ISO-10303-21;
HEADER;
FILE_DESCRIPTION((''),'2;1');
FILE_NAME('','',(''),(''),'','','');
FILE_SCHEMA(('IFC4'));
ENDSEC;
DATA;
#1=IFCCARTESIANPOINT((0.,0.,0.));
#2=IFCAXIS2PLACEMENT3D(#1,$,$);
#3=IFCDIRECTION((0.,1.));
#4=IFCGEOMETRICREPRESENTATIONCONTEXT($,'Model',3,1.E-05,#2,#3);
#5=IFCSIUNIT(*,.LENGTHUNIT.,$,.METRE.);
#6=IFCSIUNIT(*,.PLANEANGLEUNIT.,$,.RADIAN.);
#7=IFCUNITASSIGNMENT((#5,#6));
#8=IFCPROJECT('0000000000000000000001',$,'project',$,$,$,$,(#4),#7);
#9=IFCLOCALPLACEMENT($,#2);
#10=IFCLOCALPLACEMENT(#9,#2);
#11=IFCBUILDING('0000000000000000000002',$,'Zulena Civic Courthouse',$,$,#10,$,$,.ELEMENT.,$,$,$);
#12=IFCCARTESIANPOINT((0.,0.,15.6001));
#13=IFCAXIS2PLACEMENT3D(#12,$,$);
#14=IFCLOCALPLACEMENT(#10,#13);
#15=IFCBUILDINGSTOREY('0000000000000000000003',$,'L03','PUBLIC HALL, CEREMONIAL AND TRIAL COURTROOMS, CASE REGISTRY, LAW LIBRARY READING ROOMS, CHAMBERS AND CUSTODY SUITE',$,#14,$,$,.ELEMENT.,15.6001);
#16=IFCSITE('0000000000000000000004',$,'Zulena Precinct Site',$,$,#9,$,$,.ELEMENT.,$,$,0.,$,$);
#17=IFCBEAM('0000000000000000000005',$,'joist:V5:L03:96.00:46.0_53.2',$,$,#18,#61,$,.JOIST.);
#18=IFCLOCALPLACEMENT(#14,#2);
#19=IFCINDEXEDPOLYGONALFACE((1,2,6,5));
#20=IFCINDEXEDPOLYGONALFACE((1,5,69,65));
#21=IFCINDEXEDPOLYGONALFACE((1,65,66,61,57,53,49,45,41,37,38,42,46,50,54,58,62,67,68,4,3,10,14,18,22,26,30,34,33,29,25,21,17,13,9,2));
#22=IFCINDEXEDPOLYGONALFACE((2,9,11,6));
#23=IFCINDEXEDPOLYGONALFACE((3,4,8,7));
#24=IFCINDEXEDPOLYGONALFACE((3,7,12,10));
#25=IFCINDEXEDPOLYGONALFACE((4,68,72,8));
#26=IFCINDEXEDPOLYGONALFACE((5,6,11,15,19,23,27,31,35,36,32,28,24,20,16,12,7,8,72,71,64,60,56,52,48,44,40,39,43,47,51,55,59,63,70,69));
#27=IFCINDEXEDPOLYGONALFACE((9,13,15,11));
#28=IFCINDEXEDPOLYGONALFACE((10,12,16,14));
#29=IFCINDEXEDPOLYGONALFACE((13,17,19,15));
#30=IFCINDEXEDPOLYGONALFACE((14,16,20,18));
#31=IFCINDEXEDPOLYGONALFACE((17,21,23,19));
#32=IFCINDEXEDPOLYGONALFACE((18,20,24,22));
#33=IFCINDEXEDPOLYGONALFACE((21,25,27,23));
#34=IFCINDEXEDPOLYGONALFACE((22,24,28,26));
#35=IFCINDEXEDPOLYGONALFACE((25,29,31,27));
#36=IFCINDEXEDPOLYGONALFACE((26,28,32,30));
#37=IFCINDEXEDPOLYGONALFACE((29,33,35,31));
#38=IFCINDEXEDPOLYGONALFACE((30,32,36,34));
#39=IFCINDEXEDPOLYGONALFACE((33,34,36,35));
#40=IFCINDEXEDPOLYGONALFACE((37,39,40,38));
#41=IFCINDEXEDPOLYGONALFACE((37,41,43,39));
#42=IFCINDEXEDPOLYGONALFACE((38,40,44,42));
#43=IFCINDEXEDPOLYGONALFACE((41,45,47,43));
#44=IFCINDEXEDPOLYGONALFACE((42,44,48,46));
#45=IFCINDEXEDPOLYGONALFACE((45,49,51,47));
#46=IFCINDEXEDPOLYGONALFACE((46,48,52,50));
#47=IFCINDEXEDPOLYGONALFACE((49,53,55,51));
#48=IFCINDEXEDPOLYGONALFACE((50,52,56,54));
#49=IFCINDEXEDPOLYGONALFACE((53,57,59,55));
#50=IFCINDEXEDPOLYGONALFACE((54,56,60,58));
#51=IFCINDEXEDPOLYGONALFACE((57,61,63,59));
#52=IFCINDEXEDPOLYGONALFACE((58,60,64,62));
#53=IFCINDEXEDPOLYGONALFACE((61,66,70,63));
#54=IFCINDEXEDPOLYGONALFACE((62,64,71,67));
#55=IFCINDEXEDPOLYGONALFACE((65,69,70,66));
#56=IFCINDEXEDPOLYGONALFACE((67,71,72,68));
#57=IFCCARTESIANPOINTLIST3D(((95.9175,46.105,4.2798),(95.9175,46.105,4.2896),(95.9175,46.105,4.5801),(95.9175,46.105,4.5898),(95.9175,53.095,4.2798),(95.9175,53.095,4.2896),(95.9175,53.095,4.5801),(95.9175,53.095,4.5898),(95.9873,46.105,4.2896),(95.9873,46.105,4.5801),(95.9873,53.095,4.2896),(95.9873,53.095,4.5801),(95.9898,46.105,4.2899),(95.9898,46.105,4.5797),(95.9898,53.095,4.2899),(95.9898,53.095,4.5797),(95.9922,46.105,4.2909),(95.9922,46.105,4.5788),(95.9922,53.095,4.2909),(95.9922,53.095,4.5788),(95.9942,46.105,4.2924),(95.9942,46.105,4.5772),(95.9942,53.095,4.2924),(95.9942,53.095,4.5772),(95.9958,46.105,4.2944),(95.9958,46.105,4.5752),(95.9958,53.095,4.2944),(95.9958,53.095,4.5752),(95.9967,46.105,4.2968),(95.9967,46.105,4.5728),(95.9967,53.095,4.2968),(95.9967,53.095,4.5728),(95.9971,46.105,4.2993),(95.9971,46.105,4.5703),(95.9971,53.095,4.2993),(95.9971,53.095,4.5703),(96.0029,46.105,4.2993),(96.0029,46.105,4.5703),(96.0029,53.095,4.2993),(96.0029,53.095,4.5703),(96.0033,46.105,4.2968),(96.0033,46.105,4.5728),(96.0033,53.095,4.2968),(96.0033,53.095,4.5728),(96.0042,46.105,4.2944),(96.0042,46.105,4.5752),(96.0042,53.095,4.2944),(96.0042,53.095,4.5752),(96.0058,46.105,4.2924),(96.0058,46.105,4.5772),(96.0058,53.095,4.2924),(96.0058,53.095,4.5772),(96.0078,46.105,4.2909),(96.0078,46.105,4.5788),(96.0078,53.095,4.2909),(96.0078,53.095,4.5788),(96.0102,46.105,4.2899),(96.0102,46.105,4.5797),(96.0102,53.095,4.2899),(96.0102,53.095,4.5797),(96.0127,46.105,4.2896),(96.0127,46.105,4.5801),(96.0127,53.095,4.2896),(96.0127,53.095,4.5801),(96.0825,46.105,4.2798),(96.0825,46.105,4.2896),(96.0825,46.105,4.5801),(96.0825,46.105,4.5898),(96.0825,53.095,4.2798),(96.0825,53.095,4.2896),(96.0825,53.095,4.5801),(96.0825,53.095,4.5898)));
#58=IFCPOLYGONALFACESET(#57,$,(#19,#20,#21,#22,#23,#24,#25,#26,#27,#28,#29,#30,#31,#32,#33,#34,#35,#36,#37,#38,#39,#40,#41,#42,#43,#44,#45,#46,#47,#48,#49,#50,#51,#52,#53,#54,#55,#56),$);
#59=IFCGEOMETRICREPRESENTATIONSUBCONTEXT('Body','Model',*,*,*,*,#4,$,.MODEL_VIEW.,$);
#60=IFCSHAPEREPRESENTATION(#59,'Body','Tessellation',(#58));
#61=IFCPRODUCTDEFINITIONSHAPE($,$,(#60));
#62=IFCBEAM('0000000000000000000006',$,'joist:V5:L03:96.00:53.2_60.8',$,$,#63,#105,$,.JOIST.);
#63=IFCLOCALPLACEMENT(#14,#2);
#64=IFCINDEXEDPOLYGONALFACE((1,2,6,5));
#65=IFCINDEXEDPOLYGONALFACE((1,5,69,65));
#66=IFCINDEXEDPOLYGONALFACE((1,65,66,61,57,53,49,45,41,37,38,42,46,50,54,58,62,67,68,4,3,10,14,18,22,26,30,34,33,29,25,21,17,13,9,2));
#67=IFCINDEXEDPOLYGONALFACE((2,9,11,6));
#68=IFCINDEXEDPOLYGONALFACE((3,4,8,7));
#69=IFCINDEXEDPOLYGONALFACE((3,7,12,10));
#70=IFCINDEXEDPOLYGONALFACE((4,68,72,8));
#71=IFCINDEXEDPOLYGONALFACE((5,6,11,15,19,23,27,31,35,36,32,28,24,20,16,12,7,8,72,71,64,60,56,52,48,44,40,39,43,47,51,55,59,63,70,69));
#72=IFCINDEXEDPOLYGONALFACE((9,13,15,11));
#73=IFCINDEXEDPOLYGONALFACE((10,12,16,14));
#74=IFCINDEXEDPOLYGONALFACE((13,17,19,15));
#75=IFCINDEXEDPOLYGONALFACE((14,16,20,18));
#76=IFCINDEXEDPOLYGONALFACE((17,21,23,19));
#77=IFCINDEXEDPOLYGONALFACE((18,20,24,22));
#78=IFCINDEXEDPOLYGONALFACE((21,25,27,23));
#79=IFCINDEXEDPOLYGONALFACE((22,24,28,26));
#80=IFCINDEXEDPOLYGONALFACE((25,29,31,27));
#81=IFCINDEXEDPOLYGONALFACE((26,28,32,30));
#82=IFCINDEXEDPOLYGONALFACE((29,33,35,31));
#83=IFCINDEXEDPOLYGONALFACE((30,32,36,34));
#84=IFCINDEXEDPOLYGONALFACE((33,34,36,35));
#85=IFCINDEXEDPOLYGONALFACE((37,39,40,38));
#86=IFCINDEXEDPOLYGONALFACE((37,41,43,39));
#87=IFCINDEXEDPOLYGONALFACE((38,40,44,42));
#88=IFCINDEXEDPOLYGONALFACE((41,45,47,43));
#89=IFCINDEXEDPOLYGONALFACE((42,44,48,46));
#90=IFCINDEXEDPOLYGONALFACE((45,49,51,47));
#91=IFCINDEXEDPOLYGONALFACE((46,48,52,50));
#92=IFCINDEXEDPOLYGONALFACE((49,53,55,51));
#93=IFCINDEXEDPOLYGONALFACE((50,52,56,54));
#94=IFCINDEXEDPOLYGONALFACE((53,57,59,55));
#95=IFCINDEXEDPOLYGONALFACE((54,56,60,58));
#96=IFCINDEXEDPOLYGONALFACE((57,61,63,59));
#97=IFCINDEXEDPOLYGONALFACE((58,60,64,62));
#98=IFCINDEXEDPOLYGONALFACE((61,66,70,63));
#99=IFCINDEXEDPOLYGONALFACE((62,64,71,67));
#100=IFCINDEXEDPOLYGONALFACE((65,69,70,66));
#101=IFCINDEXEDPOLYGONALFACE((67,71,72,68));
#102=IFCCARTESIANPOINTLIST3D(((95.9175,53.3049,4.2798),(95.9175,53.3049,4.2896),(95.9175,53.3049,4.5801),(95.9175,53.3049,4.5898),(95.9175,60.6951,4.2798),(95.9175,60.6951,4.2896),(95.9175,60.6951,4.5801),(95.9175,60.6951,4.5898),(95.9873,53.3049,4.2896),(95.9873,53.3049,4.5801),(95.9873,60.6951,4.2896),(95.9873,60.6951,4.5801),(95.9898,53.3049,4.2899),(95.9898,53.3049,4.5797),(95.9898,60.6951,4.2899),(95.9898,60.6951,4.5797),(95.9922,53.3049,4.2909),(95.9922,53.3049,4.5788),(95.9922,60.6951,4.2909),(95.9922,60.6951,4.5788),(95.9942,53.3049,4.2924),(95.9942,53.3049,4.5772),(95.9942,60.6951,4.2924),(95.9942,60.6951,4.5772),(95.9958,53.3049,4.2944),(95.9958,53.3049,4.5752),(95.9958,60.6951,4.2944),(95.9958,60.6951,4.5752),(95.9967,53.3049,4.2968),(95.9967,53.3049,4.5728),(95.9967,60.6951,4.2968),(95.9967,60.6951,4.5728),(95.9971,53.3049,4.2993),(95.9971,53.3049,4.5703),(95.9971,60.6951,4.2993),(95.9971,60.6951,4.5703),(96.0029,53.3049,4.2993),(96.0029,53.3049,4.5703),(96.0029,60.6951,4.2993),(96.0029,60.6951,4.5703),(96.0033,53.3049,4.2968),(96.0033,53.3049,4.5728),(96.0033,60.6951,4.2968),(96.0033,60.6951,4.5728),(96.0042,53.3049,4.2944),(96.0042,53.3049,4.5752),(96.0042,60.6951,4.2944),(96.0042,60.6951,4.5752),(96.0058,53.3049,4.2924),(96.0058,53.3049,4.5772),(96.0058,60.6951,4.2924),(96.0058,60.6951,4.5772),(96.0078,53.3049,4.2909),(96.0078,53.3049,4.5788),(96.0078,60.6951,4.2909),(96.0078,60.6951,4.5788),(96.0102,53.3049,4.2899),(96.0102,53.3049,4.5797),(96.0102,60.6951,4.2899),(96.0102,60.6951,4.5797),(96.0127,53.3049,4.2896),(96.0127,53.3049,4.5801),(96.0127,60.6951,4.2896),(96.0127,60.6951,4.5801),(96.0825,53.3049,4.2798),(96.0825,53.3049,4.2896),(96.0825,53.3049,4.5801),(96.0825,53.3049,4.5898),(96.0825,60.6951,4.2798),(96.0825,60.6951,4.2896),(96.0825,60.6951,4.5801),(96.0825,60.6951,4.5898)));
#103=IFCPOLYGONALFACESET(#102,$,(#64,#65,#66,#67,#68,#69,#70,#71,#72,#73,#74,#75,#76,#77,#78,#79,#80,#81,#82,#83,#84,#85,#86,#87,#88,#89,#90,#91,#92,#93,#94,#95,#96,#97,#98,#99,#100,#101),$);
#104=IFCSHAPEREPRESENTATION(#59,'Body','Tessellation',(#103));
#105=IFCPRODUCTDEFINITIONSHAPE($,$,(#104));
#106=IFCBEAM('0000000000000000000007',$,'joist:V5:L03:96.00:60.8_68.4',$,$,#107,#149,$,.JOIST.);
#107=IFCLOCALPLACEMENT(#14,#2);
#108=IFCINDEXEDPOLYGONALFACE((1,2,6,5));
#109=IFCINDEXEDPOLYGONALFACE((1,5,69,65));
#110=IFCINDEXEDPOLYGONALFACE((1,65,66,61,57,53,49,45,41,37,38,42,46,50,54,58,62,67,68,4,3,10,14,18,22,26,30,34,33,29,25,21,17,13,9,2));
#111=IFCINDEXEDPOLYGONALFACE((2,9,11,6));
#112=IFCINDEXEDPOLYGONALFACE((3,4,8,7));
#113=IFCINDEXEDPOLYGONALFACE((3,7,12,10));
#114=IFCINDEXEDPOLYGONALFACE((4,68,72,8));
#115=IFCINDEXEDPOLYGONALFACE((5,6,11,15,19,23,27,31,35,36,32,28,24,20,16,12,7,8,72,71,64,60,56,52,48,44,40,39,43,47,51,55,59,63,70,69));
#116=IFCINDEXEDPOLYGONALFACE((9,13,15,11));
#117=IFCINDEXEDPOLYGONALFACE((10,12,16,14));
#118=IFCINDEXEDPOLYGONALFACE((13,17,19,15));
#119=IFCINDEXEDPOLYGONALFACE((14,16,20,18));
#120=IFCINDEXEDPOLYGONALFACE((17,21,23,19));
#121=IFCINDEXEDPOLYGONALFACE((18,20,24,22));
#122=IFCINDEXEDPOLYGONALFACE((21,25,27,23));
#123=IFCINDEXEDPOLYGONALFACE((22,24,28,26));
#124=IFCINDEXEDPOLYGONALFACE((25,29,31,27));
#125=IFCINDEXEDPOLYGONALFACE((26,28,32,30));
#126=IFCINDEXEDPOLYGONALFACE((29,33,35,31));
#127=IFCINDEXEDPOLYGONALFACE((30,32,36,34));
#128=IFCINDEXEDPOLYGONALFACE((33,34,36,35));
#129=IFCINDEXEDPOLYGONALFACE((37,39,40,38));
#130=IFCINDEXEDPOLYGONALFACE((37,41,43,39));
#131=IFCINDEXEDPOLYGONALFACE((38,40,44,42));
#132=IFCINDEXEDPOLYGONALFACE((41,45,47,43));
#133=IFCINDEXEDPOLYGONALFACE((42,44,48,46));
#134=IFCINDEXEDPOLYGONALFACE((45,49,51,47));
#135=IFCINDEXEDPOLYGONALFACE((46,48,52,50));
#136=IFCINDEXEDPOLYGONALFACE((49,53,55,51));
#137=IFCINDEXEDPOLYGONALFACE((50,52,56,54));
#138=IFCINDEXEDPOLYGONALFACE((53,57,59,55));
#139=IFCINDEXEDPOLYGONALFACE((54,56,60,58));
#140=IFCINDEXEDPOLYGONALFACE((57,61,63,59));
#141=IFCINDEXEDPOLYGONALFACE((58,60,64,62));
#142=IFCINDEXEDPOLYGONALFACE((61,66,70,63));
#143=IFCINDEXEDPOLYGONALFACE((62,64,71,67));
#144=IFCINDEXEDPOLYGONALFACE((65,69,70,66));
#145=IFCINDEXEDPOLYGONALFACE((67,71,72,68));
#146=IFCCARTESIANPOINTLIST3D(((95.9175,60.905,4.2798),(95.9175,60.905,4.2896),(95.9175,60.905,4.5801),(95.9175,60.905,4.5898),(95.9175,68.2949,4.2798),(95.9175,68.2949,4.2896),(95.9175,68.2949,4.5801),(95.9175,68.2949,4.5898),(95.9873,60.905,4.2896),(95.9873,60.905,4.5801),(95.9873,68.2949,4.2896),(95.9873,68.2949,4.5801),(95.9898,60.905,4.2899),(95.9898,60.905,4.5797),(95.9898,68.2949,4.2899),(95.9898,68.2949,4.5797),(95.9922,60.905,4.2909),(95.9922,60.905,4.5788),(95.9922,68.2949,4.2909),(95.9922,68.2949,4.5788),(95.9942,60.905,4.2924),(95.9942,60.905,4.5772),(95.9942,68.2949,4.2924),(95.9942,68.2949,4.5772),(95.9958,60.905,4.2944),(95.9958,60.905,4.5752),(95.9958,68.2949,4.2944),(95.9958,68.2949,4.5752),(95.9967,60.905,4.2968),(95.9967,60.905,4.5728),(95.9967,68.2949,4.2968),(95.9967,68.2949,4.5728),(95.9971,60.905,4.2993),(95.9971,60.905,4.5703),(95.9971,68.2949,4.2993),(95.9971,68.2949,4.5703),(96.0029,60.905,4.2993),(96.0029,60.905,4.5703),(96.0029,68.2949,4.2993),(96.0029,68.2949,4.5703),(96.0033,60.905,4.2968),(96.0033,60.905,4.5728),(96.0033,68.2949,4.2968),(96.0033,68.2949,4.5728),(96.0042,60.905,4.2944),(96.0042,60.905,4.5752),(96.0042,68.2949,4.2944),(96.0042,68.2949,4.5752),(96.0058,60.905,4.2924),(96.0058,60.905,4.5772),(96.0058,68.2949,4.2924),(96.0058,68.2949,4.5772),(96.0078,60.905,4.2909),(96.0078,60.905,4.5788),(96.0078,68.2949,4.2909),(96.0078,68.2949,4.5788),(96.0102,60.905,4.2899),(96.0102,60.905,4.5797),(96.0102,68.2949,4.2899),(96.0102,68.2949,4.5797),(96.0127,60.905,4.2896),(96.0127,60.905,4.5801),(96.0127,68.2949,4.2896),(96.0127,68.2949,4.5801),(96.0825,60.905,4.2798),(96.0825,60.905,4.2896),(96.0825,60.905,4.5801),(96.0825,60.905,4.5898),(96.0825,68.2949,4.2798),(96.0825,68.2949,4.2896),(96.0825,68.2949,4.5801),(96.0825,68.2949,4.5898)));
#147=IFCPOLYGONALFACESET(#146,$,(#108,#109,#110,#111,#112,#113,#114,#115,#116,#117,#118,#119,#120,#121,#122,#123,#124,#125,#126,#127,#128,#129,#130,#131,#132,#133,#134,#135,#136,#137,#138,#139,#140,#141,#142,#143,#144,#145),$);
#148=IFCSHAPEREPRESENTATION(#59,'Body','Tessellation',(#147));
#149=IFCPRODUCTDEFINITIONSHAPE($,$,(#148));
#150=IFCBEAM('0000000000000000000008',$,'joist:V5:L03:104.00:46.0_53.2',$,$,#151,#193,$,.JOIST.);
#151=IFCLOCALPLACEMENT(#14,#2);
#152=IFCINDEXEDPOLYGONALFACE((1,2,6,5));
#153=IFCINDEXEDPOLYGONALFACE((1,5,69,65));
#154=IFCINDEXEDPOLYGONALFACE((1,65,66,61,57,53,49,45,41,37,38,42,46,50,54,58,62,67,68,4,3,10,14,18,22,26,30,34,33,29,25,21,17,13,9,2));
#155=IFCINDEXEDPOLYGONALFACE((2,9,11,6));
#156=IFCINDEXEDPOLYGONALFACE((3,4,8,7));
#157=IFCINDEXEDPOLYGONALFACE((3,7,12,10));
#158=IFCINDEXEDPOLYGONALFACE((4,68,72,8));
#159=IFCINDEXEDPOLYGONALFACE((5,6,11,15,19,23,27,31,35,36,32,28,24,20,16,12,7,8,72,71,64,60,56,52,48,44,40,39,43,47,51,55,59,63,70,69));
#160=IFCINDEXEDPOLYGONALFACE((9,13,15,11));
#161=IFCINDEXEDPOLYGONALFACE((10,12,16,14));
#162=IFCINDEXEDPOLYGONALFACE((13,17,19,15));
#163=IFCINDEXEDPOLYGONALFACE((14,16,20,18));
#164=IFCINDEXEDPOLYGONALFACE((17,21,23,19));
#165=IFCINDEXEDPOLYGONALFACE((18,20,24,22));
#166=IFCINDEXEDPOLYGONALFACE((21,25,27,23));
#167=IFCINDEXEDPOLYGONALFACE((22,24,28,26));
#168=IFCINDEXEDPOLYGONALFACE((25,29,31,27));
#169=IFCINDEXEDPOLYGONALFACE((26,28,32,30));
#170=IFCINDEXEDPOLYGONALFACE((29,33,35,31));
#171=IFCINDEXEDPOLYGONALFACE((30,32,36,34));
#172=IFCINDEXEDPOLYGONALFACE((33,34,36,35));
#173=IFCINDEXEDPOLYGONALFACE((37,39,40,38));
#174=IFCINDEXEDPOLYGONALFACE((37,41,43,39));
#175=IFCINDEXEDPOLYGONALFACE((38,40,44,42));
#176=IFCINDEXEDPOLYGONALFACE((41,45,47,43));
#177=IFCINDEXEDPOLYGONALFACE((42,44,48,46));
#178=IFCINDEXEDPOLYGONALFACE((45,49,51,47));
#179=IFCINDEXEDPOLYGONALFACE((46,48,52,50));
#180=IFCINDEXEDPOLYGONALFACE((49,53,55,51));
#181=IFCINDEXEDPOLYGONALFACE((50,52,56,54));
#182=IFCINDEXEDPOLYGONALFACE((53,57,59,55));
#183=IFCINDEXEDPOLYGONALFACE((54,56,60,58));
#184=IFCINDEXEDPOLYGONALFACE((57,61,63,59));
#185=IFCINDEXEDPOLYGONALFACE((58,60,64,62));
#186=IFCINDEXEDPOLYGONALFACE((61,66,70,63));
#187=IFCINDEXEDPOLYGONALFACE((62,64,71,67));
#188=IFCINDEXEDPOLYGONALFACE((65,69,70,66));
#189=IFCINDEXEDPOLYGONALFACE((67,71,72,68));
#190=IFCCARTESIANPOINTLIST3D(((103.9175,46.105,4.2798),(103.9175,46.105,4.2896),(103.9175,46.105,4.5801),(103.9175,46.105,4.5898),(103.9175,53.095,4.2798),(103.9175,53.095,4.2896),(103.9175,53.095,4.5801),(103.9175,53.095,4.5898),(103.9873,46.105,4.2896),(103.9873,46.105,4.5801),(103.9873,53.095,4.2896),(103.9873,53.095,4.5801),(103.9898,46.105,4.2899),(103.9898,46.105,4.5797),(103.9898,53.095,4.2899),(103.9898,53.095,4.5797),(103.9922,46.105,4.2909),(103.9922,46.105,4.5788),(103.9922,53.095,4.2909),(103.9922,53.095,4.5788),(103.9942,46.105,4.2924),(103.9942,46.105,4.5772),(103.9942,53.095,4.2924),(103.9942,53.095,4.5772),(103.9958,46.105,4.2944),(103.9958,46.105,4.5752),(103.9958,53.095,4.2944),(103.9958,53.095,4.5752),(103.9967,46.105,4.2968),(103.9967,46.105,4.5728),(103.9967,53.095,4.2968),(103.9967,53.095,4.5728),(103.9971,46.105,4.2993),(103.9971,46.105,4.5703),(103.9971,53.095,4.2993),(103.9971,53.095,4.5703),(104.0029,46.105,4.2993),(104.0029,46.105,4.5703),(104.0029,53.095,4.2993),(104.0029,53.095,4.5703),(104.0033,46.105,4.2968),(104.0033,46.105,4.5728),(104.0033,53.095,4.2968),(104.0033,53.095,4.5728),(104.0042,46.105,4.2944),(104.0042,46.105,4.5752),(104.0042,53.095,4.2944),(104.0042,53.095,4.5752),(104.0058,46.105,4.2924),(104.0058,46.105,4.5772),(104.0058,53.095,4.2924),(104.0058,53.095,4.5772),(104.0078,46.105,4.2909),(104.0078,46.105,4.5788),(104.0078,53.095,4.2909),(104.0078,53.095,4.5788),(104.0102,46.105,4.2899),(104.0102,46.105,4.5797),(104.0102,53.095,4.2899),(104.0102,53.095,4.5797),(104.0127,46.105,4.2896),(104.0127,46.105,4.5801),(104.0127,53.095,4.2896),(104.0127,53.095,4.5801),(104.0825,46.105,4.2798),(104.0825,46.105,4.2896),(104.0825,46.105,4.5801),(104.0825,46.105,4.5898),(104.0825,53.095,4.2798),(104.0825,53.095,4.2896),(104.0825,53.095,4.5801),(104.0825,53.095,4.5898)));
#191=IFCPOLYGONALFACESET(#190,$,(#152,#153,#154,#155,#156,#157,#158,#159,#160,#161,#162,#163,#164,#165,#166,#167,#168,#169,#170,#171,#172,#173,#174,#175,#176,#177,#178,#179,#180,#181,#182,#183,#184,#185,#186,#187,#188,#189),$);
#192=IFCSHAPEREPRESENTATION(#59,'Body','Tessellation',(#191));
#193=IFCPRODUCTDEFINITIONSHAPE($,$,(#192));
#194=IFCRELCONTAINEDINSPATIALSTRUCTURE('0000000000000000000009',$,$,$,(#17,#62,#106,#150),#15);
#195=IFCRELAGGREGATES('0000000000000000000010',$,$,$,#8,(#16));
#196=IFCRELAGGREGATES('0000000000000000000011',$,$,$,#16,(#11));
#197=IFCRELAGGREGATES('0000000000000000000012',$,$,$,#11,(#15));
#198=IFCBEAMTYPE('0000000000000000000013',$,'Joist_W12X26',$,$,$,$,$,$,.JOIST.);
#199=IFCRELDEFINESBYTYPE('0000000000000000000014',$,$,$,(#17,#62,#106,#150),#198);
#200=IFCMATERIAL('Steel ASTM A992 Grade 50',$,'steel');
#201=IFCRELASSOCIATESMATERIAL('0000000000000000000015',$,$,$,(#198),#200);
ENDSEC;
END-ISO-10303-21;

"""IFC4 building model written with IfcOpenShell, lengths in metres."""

from ifc_helpers import new_model, si_unit, direction, frame, origin, origin_2d, place, context, subcontext, project, spatial, i_section, extrude, material, material_profile, profile_set, type_object, element, save


model = new_model("IFC4")

# Units and contexts
model_context = context("Model", 3, precision=1e-05, world=origin(), true_north=direction((0.0, 1.0)))
body_context = subcontext(model_context, "Body", "Model", "MODEL_VIEW")
ifc_project = project(units=[si_unit("LENGTHUNIT", "METRE"), si_unit("PLANEANGLEUNIT", "RADIAN")], contexts=[model_context])

# Site, building, storey
site_placement = place(None, origin())
site = spatial("IfcSite", under=ifc_project, at=site_placement, Name="Zulena Precinct Site", CompositionType="ELEMENT", RefElevation=0.0)
building_placement = place(site_placement, origin())
building = spatial("IfcBuilding", under=site, at=building_placement, Name="Zulena Civic Courthouse", CompositionType="ELEMENT")
storey_placement = place(building_placement, frame((0.0, 0.0, 15.6001)))
storey = spatial("IfcBuildingStorey", under=building, at=storey_placement, Name="L03", Description="PUBLIC HALL, CEREMONIAL AND TRIAL COURTROOMS, CASE REGISTRY, LAW LIBRARY READING ROOMS, CHAMBERS AND CUSTODY SUITE", CompositionType="ELEMENT", Elevation=15.6001)

# Shared definitions
ifc_material_1 = material(Name="Steel ASTM A992 Grade 50", Category="steel")

# Beams
ifc_material_profile_1 = material_profile(ifc_material_1, i_section(OverallWidth=0.165, OverallDepth=0.3101, WebThickness=0.0059, FlangeThickness=0.0098, FilletRadius=0.0098, at=origin_2d()), Name="W12X26")
ifc_profile_set_1 = profile_set([ifc_material_profile_1], Name="Steel ASTM A992 Grade 50")
beam_type_1 = type_object("IfcBeamType", Name="Joist_W12X26", PredefinedType="JOIST", material=ifc_profile_set_1)
beam_1_placement = place(storey_placement, frame((96.0, 46.105, 4.4348), z_axis=(0.0, 1.0, 0.0), x_axis=(-1.0, 0.0, 0.0)))
element("IfcBeam", 1, at=beam_1_placement, inside=storey, type_object=beam_type_1, Name="joist:V5:L03:96.00:46.0_53.2", PredefinedType="JOIST", context=body_context, shape_type="SweptSolid", body=[
    extrude(i_section(OverallWidth=0.165, OverallDepth=0.3101, WebThickness=0.0059, FlangeThickness=0.0098, FilletRadius=0.0098, at=origin_2d()), origin(), (0.0, 0.0, 1.0), 6.99),
])
beam_2_placement = place(storey_placement, frame((96.0, 53.3049, 4.4348), z_axis=(0.0, 1.0, 0.0), x_axis=(-1.0, 0.0, 0.0)))
element("IfcBeam", 2, at=beam_2_placement, inside=storey, type_object=beam_type_1, Name="joist:V5:L03:96.00:53.2_60.8", PredefinedType="JOIST", context=body_context, shape_type="SweptSolid", body=[
    extrude(i_section(OverallWidth=0.165, OverallDepth=0.3101, WebThickness=0.0059, FlangeThickness=0.0098, FilletRadius=0.0098, at=origin_2d()), origin(), (0.0, 0.0, 1.0), 7.3901),
])
beam_3_placement = place(storey_placement, frame((96.0, 60.905, 4.4348), z_axis=(0.0, 1.0, 0.0), x_axis=(-1.0, 0.0, 0.0)))
element("IfcBeam", 3, at=beam_3_placement, inside=storey, type_object=beam_type_1, Name="joist:V5:L03:96.00:60.8_68.4", PredefinedType="JOIST", context=body_context, shape_type="SweptSolid", body=[
    extrude(i_section(OverallWidth=0.165, OverallDepth=0.3101, WebThickness=0.0059, FlangeThickness=0.0098, FilletRadius=0.0098, at=origin_2d()), origin(), (0.0, 0.0, 1.0), 7.3899),
])
beam_4_placement = place(storey_placement, frame((104.0, 46.105, 4.4348), z_axis=(0.0, 1.0, 0.0), x_axis=(-1.0, 0.0, 0.0)))
element("IfcBeam", 4, at=beam_4_placement, inside=storey, type_object=beam_type_1, Name="joist:V5:L03:104.00:46.0_53.2", PredefinedType="JOIST", context=body_context, shape_type="SweptSolid", body=[
    extrude(i_section(OverallWidth=0.165, OverallDepth=0.3101, WebThickness=0.0059, FlangeThickness=0.0098, FilletRadius=0.0098, at=origin_2d()), origin(), (0.0, 0.0, 1.0), 6.99),
])

save(model, "model.ifc")
